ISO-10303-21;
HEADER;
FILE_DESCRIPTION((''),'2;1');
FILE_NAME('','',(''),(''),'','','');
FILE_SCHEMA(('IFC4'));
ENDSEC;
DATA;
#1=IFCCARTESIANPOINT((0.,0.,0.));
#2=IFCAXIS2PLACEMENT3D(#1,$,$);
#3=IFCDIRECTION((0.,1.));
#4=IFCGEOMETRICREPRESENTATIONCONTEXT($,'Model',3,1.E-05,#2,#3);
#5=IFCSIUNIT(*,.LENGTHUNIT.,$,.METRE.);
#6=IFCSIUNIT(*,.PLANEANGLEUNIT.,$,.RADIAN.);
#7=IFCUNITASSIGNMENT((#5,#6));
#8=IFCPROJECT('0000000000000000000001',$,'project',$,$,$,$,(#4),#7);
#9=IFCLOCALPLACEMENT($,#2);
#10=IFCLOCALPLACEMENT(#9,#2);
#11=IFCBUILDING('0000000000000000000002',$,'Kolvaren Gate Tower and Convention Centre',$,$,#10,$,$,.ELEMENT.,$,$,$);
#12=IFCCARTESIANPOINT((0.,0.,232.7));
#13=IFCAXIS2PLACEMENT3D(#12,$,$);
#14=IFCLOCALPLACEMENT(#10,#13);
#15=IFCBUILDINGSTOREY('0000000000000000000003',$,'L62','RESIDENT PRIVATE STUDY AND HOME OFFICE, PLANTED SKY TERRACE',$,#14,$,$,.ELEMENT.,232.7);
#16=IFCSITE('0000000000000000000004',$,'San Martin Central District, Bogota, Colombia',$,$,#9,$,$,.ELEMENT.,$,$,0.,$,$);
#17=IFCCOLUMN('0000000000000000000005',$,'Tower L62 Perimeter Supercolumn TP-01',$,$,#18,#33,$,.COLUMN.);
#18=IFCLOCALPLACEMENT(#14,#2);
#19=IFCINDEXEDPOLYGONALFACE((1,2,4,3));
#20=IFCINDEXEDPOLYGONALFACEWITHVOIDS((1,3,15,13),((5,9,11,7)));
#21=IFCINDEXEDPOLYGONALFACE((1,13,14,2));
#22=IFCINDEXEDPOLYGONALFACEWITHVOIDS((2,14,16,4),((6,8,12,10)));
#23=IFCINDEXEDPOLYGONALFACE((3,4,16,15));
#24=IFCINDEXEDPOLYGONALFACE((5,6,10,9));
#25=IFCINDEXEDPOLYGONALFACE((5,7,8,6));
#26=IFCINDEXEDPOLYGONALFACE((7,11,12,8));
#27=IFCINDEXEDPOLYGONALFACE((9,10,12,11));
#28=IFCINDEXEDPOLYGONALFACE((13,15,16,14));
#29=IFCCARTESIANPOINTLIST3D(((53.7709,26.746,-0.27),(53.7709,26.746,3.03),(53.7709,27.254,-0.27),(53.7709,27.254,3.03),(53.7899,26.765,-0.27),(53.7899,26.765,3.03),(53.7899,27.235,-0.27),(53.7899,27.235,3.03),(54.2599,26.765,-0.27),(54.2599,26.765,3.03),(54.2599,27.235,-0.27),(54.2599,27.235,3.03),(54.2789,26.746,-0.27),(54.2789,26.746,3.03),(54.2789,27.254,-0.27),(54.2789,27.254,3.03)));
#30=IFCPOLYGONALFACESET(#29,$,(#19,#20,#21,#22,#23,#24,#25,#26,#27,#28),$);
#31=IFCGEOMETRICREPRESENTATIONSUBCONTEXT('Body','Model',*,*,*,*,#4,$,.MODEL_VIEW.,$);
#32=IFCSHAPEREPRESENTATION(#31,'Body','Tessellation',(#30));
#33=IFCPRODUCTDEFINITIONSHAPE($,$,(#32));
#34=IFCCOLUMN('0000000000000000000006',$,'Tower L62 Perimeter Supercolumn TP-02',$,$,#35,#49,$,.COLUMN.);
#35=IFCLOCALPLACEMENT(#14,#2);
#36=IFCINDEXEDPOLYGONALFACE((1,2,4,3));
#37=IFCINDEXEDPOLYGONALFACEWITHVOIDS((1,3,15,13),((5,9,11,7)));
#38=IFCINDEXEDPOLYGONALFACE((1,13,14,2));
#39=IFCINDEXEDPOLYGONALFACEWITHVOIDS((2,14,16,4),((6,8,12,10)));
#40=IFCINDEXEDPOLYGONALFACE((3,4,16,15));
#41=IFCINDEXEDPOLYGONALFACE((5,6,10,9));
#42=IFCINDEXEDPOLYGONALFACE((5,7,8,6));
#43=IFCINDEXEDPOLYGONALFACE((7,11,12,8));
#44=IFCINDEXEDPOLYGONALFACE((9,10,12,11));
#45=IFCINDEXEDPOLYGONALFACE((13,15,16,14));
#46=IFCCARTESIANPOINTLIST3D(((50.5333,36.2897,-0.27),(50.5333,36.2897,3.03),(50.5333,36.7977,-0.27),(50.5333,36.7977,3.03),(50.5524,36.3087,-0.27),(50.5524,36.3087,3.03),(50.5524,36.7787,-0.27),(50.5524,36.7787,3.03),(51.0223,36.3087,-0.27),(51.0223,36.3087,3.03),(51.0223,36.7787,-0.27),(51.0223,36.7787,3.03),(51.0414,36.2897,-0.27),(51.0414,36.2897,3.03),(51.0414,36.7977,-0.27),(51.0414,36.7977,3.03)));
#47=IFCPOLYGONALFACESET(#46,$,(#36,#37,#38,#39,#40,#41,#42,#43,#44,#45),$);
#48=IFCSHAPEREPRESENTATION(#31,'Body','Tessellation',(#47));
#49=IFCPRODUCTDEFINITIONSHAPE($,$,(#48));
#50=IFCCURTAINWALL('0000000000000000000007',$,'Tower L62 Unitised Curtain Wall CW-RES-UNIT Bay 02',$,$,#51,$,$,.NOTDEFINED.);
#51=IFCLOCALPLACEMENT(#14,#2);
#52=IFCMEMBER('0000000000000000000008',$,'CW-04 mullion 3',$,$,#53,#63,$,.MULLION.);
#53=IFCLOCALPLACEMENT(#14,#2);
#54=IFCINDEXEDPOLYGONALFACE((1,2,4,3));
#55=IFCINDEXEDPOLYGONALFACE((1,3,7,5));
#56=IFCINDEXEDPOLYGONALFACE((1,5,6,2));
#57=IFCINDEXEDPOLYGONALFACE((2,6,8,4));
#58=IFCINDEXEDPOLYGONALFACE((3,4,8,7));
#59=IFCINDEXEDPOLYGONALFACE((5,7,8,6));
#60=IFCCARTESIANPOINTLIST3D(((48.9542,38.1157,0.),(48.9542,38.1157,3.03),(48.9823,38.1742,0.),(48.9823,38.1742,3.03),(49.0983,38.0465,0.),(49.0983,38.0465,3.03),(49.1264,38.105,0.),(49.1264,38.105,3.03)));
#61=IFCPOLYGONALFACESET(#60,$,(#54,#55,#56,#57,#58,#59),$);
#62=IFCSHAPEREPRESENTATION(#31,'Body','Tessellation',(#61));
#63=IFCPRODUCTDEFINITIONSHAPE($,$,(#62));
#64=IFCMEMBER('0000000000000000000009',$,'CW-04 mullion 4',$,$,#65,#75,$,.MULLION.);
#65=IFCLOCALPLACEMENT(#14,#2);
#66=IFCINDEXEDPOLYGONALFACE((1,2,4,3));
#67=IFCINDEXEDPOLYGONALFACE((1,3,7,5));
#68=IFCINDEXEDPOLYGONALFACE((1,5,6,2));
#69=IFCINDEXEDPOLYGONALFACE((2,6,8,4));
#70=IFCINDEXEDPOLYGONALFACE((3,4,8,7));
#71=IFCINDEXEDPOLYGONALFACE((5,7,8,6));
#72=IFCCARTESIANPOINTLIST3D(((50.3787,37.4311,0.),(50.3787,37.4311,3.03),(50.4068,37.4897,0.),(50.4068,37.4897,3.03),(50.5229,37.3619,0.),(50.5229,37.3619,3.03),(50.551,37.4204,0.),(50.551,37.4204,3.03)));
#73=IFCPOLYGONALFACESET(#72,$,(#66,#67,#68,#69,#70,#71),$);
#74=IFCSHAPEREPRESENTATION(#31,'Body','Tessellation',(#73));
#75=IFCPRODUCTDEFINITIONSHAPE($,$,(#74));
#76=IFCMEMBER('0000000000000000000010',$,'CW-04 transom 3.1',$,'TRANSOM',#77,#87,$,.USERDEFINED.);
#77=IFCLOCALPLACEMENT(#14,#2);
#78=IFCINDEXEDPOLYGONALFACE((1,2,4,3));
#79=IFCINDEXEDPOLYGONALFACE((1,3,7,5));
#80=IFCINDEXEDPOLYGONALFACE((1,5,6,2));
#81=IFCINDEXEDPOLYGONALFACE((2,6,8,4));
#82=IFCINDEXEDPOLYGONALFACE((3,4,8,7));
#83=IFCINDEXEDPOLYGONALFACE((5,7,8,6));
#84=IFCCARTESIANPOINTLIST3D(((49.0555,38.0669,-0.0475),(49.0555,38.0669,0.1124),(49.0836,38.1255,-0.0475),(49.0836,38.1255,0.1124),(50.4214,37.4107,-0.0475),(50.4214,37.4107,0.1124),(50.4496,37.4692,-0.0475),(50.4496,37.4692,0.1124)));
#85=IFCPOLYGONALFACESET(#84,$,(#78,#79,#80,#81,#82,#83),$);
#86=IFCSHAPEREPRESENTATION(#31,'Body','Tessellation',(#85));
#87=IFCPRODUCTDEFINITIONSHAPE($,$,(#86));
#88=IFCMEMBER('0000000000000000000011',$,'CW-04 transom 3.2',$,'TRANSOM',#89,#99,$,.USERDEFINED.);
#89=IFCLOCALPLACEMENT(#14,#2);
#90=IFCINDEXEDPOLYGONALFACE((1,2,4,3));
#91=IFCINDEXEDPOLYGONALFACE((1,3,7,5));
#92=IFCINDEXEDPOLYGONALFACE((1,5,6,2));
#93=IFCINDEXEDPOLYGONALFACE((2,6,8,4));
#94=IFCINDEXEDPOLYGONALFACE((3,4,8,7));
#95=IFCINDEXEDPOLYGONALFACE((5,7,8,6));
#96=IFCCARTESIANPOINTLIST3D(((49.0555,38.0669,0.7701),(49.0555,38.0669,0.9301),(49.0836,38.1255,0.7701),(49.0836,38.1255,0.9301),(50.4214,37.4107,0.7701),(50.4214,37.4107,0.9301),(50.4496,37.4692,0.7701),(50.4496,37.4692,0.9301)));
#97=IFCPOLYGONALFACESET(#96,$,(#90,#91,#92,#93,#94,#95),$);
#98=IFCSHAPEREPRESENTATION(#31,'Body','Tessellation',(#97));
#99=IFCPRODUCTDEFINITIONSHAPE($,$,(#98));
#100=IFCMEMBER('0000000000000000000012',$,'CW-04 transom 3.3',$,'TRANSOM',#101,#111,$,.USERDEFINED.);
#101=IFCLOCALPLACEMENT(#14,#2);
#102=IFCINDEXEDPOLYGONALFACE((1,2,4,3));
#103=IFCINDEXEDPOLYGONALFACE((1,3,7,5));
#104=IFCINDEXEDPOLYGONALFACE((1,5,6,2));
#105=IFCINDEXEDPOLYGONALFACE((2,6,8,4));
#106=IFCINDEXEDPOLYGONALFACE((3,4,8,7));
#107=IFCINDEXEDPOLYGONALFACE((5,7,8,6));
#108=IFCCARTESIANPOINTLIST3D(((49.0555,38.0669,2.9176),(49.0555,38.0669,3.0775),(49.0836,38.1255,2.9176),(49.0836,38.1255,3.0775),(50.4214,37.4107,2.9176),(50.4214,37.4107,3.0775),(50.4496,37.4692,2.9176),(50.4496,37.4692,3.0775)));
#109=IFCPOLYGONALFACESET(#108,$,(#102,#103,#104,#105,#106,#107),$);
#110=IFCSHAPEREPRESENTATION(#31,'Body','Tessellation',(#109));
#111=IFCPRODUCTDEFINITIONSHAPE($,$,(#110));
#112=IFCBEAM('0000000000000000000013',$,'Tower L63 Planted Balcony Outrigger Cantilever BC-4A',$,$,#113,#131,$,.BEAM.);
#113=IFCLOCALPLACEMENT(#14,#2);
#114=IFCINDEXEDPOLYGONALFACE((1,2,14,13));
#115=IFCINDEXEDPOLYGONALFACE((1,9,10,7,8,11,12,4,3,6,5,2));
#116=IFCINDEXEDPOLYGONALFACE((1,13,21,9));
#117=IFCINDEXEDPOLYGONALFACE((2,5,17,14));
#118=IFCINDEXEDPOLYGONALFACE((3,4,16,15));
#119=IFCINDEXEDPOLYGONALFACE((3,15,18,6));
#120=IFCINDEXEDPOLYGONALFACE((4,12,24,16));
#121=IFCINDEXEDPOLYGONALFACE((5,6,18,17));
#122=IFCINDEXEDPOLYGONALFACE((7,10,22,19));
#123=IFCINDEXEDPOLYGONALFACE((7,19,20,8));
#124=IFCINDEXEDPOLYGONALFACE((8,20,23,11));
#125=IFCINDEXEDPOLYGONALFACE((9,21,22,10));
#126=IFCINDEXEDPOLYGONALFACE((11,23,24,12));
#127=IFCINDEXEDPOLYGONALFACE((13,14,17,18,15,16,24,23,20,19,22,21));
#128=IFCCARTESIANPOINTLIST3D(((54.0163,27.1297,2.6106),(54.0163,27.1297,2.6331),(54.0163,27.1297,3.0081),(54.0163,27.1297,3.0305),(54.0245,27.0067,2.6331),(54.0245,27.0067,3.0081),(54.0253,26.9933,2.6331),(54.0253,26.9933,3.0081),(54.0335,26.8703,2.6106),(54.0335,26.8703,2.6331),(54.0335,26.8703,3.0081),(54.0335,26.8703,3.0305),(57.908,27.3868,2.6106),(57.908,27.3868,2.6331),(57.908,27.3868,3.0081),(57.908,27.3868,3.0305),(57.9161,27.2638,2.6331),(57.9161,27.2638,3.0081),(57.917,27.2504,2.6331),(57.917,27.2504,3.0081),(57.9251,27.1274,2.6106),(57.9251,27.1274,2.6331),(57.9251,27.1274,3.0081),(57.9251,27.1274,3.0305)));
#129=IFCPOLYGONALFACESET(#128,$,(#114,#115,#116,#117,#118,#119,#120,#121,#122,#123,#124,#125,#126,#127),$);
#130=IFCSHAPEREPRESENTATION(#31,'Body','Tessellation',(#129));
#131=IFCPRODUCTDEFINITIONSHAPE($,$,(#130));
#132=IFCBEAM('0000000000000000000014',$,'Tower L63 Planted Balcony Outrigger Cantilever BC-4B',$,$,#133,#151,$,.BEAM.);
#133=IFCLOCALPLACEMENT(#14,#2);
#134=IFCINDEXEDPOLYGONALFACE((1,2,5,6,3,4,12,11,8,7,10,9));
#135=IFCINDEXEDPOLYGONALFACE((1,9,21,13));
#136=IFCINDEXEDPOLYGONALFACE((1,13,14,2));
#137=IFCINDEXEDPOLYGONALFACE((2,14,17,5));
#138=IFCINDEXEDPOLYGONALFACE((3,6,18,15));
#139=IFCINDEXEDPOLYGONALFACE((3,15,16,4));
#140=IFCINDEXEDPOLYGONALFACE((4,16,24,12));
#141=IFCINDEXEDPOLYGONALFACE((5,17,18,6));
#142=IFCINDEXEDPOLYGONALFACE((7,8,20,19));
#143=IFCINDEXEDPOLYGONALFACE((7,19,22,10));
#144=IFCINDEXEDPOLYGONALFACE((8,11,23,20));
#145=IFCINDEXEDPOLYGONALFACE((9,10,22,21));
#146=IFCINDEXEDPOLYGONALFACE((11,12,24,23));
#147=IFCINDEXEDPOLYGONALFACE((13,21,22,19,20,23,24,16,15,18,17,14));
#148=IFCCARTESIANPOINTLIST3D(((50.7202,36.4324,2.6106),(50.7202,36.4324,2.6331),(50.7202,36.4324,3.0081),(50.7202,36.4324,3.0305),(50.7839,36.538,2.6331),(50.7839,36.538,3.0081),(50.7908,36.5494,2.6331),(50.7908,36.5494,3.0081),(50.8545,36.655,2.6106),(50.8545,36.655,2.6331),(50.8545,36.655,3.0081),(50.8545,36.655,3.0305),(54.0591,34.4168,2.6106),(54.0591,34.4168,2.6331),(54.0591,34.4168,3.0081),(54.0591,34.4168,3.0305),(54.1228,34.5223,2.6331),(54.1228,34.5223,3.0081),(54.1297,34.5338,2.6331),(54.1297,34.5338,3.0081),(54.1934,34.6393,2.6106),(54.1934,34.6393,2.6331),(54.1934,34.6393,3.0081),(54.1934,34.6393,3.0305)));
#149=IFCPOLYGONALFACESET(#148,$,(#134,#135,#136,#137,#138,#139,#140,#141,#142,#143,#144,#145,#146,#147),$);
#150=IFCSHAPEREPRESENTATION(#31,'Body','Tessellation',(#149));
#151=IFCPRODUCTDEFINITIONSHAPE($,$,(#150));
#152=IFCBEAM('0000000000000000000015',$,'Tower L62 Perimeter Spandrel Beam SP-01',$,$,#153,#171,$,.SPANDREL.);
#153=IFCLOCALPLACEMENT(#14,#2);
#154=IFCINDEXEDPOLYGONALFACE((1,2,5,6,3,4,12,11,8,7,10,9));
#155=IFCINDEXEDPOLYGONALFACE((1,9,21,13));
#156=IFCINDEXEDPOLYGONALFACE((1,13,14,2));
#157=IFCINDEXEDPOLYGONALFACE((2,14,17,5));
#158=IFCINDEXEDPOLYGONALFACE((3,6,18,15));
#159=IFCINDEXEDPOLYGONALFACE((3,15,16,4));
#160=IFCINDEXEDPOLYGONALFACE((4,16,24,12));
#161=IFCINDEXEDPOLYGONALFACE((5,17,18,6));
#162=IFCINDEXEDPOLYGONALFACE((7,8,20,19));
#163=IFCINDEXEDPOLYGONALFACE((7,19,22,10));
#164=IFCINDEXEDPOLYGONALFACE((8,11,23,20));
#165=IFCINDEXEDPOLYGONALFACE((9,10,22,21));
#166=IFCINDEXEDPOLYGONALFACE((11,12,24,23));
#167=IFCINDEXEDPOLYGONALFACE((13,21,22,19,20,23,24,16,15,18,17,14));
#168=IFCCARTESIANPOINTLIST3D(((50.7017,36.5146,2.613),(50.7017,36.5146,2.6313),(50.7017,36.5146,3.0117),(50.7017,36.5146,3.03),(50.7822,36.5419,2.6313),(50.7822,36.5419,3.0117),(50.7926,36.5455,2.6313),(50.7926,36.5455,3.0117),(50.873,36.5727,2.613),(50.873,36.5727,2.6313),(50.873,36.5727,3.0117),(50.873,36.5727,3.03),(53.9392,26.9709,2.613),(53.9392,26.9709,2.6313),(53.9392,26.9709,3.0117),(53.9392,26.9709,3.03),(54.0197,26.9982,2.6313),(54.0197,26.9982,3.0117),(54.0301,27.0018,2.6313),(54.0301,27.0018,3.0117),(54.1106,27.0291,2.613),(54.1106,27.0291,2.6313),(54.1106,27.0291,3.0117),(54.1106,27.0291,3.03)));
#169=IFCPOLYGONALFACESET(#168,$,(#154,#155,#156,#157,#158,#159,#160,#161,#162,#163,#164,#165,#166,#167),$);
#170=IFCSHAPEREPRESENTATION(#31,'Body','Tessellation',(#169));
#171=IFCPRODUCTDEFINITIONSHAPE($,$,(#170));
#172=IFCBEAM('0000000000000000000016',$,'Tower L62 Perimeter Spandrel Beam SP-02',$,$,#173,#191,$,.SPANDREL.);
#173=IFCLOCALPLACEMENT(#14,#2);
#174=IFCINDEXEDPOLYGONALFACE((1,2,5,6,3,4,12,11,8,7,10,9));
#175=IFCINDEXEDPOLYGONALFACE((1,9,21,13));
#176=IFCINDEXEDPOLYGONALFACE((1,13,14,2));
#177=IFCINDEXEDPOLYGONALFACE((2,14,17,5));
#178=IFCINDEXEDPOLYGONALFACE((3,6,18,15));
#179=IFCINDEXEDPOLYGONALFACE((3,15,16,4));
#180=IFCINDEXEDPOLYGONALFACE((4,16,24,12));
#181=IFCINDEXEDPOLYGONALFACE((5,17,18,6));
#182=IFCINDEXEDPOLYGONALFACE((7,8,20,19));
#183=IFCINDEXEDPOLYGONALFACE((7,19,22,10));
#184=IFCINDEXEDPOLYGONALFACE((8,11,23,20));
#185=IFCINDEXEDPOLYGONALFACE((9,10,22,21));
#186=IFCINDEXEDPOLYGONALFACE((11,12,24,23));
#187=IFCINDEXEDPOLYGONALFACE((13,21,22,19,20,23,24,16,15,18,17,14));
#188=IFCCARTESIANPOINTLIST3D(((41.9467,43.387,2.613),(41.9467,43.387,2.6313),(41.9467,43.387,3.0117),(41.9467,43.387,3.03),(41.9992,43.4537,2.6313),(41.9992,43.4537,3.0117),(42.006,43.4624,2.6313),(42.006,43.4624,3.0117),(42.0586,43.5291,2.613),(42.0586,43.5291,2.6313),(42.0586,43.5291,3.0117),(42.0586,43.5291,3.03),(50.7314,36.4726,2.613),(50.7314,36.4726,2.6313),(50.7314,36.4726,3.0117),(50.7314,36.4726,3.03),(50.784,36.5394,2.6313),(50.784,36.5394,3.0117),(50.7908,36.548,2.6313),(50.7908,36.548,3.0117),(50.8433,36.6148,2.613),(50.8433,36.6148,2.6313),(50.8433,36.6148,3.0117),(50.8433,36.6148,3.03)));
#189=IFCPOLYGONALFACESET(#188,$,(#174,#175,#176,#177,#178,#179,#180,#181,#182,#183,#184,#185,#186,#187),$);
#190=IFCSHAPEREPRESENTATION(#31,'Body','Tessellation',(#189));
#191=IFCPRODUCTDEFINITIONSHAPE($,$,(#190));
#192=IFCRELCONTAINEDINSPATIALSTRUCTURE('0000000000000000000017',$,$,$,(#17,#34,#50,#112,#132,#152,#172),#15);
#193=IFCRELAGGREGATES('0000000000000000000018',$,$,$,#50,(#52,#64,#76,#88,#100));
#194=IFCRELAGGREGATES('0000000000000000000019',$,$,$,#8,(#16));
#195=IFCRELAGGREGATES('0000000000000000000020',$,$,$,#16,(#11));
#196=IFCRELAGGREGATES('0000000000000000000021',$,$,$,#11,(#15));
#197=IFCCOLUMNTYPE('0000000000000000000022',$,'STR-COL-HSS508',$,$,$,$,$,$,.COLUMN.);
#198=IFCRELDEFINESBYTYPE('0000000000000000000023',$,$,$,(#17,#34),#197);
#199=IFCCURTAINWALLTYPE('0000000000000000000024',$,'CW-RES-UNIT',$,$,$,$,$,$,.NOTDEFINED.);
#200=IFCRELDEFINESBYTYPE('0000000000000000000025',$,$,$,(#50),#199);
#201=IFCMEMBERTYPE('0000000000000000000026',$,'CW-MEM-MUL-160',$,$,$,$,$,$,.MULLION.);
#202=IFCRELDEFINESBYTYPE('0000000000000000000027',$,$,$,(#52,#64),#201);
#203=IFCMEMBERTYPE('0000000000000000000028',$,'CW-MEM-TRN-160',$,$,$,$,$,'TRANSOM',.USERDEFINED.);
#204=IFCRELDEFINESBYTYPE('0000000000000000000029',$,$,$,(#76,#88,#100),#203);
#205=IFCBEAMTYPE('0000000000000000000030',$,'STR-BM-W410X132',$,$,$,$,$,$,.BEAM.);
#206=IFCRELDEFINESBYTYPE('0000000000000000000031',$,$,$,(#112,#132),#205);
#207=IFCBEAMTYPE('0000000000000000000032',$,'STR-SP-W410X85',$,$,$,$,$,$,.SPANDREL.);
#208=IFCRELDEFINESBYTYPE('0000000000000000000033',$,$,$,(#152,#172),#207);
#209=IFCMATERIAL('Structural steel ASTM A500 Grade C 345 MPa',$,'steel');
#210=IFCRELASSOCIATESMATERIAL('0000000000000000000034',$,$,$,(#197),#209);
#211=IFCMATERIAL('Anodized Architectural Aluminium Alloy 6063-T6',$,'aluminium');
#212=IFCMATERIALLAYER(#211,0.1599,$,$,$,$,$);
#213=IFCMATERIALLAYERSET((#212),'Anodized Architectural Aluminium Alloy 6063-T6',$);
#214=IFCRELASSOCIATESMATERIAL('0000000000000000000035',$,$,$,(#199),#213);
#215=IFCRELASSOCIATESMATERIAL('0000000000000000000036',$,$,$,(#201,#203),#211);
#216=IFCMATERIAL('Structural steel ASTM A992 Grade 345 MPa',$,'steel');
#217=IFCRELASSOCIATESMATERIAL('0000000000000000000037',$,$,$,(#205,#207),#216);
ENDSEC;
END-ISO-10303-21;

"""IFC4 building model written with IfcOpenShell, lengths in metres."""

from ifc_helpers import new_model, si_unit, direction, frame, origin, origin_2d, place, context, subcontext, project, spatial, rectangle, hollow_rectangle, i_section, extrude, material, layer, layer_set, material_profile, profile_set, type_object, element, aggregate, save


model = new_model("IFC4")

# Units and contexts
model_context = context("Model", 3, precision=1e-05, world=origin(), true_north=direction((0.0, 1.0)))
body_context = subcontext(model_context, "Body", "Model", "MODEL_VIEW")
ifc_project = project(units=[si_unit("LENGTHUNIT", "METRE"), si_unit("PLANEANGLEUNIT", "RADIAN")], contexts=[model_context])

# Site, building, storey
site_placement = place(None, origin())
site = spatial("IfcSite", under=ifc_project, at=site_placement, Name="San Martin Central District, Bogota, Colombia", CompositionType="ELEMENT", RefElevation=0.0)
building_placement = place(site_placement, origin())
building = spatial("IfcBuilding", under=site, at=building_placement, Name="Kolvaren Gate Tower and Convention Centre", CompositionType="ELEMENT")
storey_placement = place(building_placement, frame((0.0, 0.0, 232.7)))
storey = spatial("IfcBuildingStorey", under=building, at=storey_placement, Name="L62", Description="RESIDENT PRIVATE STUDY AND HOME OFFICE, PLANTED SKY TERRACE", CompositionType="ELEMENT", Elevation=232.7)

# Columns
ifc_material_1 = material(Name="Structural steel ASTM A500 Grade C 345 MPa", Category="steel")
ifc_material_profile_1 = material_profile(ifc_material_1, hollow_rectangle(XDim=0.5081, YDim=0.5081, WallThickness=0.019, at=origin_2d()), Name="HSS508X508X19.1")
ifc_profile_set_1 = profile_set([ifc_material_profile_1], Name="Structural steel ASTM A500 Grade C 345 MPa")
column_type = type_object("IfcColumnType", Name="STR-COL-HSS508", PredefinedType="COLUMN", material=ifc_profile_set_1)
for number, where, z_axis, x_axis, name in (
    (1, (54.0249, 27.0, -0.27), (0.0, 0.0, 1.0), (1.0, 0.0, 0.0), "Tower L62 Perimeter Supercolumn TP-01"),
    (2, (50.7874, 36.5437, -0.27), (0.0, 0.0, 1.0), (1.0, 0.0, 0.0), "Tower L62 Perimeter Supercolumn TP-02"),
):
    element("IfcColumn", number, at=place(storey_placement, frame(where, z_axis=z_axis, x_axis=x_axis)), inside=storey, type_object=column_type, Name=name, PredefinedType="COLUMN", context=body_context, shape_type="SweptSolid", body=[
        extrude(hollow_rectangle(XDim=0.5081, YDim=0.5081, WallThickness=0.019, at=origin_2d()), origin(), (0.0, 0.0, 1.0), 3.3),
    ])

# Curtain wall, members
ifc_material_2 = material(Name="Anodized Architectural Aluminium Alloy 6063-T6", Category="aluminium")
ifc_layer_1 = layer(ifc_material_2, 0.1599)
ifc_layer_set_1 = layer_set([ifc_layer_1], Name="Anodized Architectural Aluminium Alloy 6063-T6")
curtain_wall_type = type_object("IfcCurtainWallType", Name="CW-RES-UNIT", PredefinedType="NOTDEFINED", material=ifc_layer_set_1)
curtain_wall_placement = place(storey_placement, origin())
curtain_wall = element("IfcCurtainWall", 3, at=curtain_wall_placement, inside=storey, type_object=curtain_wall_type, Name="Tower L62 Unitised Curtain Wall CW-RES-UNIT Bay 02", PredefinedType="NOTDEFINED")
ifc_material_profile_2 = material_profile(ifc_material_2, rectangle(XDim=0.0649, YDim=0.1599, at=origin_2d()), Name="CW-MEM-MUL-160")
ifc_profile_set_2 = profile_set([ifc_material_profile_2], Name="Anodized Architectural Aluminium Alloy 6063-T6")
member_type_1 = type_object("IfcMemberType", Name="CW-MEM-MUL-160", PredefinedType="MULLION", material=ifc_profile_set_2)
member_1_placement = place(storey_placement, frame((49.0403, 38.1104, 0.0), z_axis=(0.0, 0.0, 1.0), x_axis=(0.433064, 0.901363, 0.0)))
member_1 = element("IfcMember", 4, at=member_1_placement, type_object=member_type_1, Name="CW-04 mullion 3", PredefinedType="MULLION", context=body_context, shape_type="SweptSolid", body=[
    extrude(rectangle(XDim=0.0649, YDim=0.1599, at=origin_2d()), origin(), (0.0, 0.0, 1.0), 3.03),
])
member_2_placement = place(storey_placement, frame((50.4648, 37.4258, 0.0), z_axis=(0.0, 0.0, 1.0), x_axis=(0.433064, 0.901363, 0.0)))
member_2 = element("IfcMember", 5, at=member_2_placement, type_object=member_type_1, Name="CW-04 mullion 4", PredefinedType="MULLION", context=body_context, shape_type="SweptSolid", body=[
    extrude(rectangle(XDim=0.0649, YDim=0.1599, at=origin_2d()), origin(), (0.0, 0.0, 1.0), 3.03),
])
ifc_material_profile_3 = material_profile(ifc_material_2, rectangle(XDim=0.0649, YDim=0.1599, at=origin_2d()), Name="CW-MEM-TRN-160")
ifc_profile_set_3 = profile_set([ifc_material_profile_3], Name="Anodized Architectural Aluminium Alloy 6063-T6")
member_type_2 = type_object("IfcMemberType", Name="CW-MEM-TRN-160", ElementType="TRANSOM", PredefinedType="USERDEFINED", material=ifc_profile_set_3)
member_3_placement = place(storey_placement, frame((49.0696, 38.0962, 0.0325), z_axis=(0.901372, -0.433045, 0.0), x_axis=(0.433045, 0.901372, 0.0)))
member_3 = element("IfcMember", 6, at=member_3_placement, type_object=member_type_2, Name="CW-04 transom 3.1", ObjectType="TRANSOM", PredefinedType="USERDEFINED", context=body_context, shape_type="SweptSolid", body=[
    extrude(rectangle(XDim=0.0649, YDim=0.1599, at=origin_2d()), origin(), (0.0, 0.0, 1.0), 1.5154),
])
member_4_placement = place(storey_placement, frame((49.0696, 38.0962, 0.8501), z_axis=(0.901372, -0.433045, 0.0), x_axis=(0.433045, 0.901372, 0.0)))
member_4 = element("IfcMember", 7, at=member_4_placement, type_object=member_type_2, Name="CW-04 transom 3.2", ObjectType="TRANSOM", PredefinedType="USERDEFINED", context=body_context, shape_type="SweptSolid", body=[
    extrude(rectangle(XDim=0.0649, YDim=0.1599, at=origin_2d()), origin(), (0.0, 0.0, 1.0), 1.5154),
])
member_5_placement = place(storey_placement, frame((49.0696, 38.0962, 2.9976), z_axis=(0.901372, -0.433045, 0.0), x_axis=(0.433045, 0.901372, 0.0)))
member_5 = element("IfcMember", 8, at=member_5_placement, type_object=member_type_2, Name="CW-04 transom 3.3", ObjectType="TRANSOM", PredefinedType="USERDEFINED", context=body_context, shape_type="SweptSolid", body=[
    extrude(rectangle(XDim=0.0649, YDim=0.1599, at=origin_2d()), origin(), (0.0, 0.0, 1.0), 1.5154),
])

# Beams
ifc_material_3 = material(Name="Structural steel ASTM A992 Grade 345 MPa", Category="steel")
ifc_material_profile_4 = material_profile(ifc_material_3, i_section(OverallWidth=0.26, OverallDepth=0.4199, WebThickness=0.0134, FlangeThickness=0.0225, at=origin_2d()), Name="W410X132")
ifc_profile_set_4 = profile_set([ifc_material_profile_4], Name="Structural steel ASTM A992 Grade 345 MPa")
beam_type_1 = type_object("IfcBeamType", Name="STR-BM-W410X132", PredefinedType="BEAM", material=ifc_profile_set_4)
for number, where, z_axis, x_axis, name in (
    (9, (54.0249, 27.0, 2.8206), (0.997825, 0.065917, 0.0), (-0.065917, 0.997825, 0.0), "Tower L63 Planted Balcony Outrigger Cantilever BC-4A"),
    (10, (50.7874, 36.5437, 2.8206), (0.856098, -0.516814, 0.0), (0.516814, 0.856098, 0.0), "Tower L63 Planted Balcony Outrigger Cantilever BC-4B"),
):
    element("IfcBeam", number, at=place(storey_placement, frame(where, z_axis=z_axis, x_axis=x_axis)), inside=storey, type_object=beam_type_1, Name=name, PredefinedType="BEAM", context=body_context, shape_type="SweptSolid", body=[
        extrude(i_section(OverallWidth=0.26, OverallDepth=0.4199, WebThickness=0.0134, FlangeThickness=0.0225, at=origin_2d()), origin(), (0.0, 0.0, 1.0), 3.9001),
    ])
ifc_material_profile_5 = material_profile(ifc_material_3, i_section(OverallWidth=0.1809, OverallDepth=0.417, WebThickness=0.011, FlangeThickness=0.0183, at=origin_2d()), Name="W410X85")
ifc_profile_set_5 = profile_set([ifc_material_profile_5], Name="Structural steel ASTM A992 Grade 345 MPa")
beam_type_2 = type_object("IfcBeamType", Name="STR-SP-W410X85", PredefinedType="SPANDREL", material=ifc_profile_set_5)
beam_1_placement = place(storey_placement, frame((54.0249, 27.0, 2.8215), z_axis=(-0.321253, 0.946994, 0.0), x_axis=(-0.946994, -0.321253, 0.0)))
element("IfcBeam", 11, at=beam_1_placement, inside=storey, type_object=beam_type_2, Name="Tower L62 Perimeter Spandrel Beam SP-01", PredefinedType="SPANDREL", context=body_context, shape_type="SweptSolid", body=[
    extrude(i_section(OverallWidth=0.1809, OverallDepth=0.417, WebThickness=0.011, FlangeThickness=0.0183, at=origin_2d()), origin(), (0.0, 0.0, 1.0), 10.0779),
])
beam_2_placement = place(storey_placement, frame((50.7874, 36.5437, 2.8215), z_axis=(-0.785794, 0.618489, 0.0), x_axis=(-0.618489, -0.785794, 0.0)))
element("IfcBeam", 12, at=beam_2_placement, inside=storey, type_object=beam_type_2, Name="Tower L62 Perimeter Spandrel Beam SP-02", PredefinedType="SPANDREL", context=body_context, shape_type="SweptSolid", body=[
    extrude(i_section(OverallWidth=0.1809, OverallDepth=0.417, WebThickness=0.011, FlangeThickness=0.0183, at=origin_2d()), origin(), (0.0, 0.0, 1.0), 11.1794),
])

aggregate(curtain_wall, [member_1, member_2, member_3, member_4, member_5])

save(model, "model.ifc")
